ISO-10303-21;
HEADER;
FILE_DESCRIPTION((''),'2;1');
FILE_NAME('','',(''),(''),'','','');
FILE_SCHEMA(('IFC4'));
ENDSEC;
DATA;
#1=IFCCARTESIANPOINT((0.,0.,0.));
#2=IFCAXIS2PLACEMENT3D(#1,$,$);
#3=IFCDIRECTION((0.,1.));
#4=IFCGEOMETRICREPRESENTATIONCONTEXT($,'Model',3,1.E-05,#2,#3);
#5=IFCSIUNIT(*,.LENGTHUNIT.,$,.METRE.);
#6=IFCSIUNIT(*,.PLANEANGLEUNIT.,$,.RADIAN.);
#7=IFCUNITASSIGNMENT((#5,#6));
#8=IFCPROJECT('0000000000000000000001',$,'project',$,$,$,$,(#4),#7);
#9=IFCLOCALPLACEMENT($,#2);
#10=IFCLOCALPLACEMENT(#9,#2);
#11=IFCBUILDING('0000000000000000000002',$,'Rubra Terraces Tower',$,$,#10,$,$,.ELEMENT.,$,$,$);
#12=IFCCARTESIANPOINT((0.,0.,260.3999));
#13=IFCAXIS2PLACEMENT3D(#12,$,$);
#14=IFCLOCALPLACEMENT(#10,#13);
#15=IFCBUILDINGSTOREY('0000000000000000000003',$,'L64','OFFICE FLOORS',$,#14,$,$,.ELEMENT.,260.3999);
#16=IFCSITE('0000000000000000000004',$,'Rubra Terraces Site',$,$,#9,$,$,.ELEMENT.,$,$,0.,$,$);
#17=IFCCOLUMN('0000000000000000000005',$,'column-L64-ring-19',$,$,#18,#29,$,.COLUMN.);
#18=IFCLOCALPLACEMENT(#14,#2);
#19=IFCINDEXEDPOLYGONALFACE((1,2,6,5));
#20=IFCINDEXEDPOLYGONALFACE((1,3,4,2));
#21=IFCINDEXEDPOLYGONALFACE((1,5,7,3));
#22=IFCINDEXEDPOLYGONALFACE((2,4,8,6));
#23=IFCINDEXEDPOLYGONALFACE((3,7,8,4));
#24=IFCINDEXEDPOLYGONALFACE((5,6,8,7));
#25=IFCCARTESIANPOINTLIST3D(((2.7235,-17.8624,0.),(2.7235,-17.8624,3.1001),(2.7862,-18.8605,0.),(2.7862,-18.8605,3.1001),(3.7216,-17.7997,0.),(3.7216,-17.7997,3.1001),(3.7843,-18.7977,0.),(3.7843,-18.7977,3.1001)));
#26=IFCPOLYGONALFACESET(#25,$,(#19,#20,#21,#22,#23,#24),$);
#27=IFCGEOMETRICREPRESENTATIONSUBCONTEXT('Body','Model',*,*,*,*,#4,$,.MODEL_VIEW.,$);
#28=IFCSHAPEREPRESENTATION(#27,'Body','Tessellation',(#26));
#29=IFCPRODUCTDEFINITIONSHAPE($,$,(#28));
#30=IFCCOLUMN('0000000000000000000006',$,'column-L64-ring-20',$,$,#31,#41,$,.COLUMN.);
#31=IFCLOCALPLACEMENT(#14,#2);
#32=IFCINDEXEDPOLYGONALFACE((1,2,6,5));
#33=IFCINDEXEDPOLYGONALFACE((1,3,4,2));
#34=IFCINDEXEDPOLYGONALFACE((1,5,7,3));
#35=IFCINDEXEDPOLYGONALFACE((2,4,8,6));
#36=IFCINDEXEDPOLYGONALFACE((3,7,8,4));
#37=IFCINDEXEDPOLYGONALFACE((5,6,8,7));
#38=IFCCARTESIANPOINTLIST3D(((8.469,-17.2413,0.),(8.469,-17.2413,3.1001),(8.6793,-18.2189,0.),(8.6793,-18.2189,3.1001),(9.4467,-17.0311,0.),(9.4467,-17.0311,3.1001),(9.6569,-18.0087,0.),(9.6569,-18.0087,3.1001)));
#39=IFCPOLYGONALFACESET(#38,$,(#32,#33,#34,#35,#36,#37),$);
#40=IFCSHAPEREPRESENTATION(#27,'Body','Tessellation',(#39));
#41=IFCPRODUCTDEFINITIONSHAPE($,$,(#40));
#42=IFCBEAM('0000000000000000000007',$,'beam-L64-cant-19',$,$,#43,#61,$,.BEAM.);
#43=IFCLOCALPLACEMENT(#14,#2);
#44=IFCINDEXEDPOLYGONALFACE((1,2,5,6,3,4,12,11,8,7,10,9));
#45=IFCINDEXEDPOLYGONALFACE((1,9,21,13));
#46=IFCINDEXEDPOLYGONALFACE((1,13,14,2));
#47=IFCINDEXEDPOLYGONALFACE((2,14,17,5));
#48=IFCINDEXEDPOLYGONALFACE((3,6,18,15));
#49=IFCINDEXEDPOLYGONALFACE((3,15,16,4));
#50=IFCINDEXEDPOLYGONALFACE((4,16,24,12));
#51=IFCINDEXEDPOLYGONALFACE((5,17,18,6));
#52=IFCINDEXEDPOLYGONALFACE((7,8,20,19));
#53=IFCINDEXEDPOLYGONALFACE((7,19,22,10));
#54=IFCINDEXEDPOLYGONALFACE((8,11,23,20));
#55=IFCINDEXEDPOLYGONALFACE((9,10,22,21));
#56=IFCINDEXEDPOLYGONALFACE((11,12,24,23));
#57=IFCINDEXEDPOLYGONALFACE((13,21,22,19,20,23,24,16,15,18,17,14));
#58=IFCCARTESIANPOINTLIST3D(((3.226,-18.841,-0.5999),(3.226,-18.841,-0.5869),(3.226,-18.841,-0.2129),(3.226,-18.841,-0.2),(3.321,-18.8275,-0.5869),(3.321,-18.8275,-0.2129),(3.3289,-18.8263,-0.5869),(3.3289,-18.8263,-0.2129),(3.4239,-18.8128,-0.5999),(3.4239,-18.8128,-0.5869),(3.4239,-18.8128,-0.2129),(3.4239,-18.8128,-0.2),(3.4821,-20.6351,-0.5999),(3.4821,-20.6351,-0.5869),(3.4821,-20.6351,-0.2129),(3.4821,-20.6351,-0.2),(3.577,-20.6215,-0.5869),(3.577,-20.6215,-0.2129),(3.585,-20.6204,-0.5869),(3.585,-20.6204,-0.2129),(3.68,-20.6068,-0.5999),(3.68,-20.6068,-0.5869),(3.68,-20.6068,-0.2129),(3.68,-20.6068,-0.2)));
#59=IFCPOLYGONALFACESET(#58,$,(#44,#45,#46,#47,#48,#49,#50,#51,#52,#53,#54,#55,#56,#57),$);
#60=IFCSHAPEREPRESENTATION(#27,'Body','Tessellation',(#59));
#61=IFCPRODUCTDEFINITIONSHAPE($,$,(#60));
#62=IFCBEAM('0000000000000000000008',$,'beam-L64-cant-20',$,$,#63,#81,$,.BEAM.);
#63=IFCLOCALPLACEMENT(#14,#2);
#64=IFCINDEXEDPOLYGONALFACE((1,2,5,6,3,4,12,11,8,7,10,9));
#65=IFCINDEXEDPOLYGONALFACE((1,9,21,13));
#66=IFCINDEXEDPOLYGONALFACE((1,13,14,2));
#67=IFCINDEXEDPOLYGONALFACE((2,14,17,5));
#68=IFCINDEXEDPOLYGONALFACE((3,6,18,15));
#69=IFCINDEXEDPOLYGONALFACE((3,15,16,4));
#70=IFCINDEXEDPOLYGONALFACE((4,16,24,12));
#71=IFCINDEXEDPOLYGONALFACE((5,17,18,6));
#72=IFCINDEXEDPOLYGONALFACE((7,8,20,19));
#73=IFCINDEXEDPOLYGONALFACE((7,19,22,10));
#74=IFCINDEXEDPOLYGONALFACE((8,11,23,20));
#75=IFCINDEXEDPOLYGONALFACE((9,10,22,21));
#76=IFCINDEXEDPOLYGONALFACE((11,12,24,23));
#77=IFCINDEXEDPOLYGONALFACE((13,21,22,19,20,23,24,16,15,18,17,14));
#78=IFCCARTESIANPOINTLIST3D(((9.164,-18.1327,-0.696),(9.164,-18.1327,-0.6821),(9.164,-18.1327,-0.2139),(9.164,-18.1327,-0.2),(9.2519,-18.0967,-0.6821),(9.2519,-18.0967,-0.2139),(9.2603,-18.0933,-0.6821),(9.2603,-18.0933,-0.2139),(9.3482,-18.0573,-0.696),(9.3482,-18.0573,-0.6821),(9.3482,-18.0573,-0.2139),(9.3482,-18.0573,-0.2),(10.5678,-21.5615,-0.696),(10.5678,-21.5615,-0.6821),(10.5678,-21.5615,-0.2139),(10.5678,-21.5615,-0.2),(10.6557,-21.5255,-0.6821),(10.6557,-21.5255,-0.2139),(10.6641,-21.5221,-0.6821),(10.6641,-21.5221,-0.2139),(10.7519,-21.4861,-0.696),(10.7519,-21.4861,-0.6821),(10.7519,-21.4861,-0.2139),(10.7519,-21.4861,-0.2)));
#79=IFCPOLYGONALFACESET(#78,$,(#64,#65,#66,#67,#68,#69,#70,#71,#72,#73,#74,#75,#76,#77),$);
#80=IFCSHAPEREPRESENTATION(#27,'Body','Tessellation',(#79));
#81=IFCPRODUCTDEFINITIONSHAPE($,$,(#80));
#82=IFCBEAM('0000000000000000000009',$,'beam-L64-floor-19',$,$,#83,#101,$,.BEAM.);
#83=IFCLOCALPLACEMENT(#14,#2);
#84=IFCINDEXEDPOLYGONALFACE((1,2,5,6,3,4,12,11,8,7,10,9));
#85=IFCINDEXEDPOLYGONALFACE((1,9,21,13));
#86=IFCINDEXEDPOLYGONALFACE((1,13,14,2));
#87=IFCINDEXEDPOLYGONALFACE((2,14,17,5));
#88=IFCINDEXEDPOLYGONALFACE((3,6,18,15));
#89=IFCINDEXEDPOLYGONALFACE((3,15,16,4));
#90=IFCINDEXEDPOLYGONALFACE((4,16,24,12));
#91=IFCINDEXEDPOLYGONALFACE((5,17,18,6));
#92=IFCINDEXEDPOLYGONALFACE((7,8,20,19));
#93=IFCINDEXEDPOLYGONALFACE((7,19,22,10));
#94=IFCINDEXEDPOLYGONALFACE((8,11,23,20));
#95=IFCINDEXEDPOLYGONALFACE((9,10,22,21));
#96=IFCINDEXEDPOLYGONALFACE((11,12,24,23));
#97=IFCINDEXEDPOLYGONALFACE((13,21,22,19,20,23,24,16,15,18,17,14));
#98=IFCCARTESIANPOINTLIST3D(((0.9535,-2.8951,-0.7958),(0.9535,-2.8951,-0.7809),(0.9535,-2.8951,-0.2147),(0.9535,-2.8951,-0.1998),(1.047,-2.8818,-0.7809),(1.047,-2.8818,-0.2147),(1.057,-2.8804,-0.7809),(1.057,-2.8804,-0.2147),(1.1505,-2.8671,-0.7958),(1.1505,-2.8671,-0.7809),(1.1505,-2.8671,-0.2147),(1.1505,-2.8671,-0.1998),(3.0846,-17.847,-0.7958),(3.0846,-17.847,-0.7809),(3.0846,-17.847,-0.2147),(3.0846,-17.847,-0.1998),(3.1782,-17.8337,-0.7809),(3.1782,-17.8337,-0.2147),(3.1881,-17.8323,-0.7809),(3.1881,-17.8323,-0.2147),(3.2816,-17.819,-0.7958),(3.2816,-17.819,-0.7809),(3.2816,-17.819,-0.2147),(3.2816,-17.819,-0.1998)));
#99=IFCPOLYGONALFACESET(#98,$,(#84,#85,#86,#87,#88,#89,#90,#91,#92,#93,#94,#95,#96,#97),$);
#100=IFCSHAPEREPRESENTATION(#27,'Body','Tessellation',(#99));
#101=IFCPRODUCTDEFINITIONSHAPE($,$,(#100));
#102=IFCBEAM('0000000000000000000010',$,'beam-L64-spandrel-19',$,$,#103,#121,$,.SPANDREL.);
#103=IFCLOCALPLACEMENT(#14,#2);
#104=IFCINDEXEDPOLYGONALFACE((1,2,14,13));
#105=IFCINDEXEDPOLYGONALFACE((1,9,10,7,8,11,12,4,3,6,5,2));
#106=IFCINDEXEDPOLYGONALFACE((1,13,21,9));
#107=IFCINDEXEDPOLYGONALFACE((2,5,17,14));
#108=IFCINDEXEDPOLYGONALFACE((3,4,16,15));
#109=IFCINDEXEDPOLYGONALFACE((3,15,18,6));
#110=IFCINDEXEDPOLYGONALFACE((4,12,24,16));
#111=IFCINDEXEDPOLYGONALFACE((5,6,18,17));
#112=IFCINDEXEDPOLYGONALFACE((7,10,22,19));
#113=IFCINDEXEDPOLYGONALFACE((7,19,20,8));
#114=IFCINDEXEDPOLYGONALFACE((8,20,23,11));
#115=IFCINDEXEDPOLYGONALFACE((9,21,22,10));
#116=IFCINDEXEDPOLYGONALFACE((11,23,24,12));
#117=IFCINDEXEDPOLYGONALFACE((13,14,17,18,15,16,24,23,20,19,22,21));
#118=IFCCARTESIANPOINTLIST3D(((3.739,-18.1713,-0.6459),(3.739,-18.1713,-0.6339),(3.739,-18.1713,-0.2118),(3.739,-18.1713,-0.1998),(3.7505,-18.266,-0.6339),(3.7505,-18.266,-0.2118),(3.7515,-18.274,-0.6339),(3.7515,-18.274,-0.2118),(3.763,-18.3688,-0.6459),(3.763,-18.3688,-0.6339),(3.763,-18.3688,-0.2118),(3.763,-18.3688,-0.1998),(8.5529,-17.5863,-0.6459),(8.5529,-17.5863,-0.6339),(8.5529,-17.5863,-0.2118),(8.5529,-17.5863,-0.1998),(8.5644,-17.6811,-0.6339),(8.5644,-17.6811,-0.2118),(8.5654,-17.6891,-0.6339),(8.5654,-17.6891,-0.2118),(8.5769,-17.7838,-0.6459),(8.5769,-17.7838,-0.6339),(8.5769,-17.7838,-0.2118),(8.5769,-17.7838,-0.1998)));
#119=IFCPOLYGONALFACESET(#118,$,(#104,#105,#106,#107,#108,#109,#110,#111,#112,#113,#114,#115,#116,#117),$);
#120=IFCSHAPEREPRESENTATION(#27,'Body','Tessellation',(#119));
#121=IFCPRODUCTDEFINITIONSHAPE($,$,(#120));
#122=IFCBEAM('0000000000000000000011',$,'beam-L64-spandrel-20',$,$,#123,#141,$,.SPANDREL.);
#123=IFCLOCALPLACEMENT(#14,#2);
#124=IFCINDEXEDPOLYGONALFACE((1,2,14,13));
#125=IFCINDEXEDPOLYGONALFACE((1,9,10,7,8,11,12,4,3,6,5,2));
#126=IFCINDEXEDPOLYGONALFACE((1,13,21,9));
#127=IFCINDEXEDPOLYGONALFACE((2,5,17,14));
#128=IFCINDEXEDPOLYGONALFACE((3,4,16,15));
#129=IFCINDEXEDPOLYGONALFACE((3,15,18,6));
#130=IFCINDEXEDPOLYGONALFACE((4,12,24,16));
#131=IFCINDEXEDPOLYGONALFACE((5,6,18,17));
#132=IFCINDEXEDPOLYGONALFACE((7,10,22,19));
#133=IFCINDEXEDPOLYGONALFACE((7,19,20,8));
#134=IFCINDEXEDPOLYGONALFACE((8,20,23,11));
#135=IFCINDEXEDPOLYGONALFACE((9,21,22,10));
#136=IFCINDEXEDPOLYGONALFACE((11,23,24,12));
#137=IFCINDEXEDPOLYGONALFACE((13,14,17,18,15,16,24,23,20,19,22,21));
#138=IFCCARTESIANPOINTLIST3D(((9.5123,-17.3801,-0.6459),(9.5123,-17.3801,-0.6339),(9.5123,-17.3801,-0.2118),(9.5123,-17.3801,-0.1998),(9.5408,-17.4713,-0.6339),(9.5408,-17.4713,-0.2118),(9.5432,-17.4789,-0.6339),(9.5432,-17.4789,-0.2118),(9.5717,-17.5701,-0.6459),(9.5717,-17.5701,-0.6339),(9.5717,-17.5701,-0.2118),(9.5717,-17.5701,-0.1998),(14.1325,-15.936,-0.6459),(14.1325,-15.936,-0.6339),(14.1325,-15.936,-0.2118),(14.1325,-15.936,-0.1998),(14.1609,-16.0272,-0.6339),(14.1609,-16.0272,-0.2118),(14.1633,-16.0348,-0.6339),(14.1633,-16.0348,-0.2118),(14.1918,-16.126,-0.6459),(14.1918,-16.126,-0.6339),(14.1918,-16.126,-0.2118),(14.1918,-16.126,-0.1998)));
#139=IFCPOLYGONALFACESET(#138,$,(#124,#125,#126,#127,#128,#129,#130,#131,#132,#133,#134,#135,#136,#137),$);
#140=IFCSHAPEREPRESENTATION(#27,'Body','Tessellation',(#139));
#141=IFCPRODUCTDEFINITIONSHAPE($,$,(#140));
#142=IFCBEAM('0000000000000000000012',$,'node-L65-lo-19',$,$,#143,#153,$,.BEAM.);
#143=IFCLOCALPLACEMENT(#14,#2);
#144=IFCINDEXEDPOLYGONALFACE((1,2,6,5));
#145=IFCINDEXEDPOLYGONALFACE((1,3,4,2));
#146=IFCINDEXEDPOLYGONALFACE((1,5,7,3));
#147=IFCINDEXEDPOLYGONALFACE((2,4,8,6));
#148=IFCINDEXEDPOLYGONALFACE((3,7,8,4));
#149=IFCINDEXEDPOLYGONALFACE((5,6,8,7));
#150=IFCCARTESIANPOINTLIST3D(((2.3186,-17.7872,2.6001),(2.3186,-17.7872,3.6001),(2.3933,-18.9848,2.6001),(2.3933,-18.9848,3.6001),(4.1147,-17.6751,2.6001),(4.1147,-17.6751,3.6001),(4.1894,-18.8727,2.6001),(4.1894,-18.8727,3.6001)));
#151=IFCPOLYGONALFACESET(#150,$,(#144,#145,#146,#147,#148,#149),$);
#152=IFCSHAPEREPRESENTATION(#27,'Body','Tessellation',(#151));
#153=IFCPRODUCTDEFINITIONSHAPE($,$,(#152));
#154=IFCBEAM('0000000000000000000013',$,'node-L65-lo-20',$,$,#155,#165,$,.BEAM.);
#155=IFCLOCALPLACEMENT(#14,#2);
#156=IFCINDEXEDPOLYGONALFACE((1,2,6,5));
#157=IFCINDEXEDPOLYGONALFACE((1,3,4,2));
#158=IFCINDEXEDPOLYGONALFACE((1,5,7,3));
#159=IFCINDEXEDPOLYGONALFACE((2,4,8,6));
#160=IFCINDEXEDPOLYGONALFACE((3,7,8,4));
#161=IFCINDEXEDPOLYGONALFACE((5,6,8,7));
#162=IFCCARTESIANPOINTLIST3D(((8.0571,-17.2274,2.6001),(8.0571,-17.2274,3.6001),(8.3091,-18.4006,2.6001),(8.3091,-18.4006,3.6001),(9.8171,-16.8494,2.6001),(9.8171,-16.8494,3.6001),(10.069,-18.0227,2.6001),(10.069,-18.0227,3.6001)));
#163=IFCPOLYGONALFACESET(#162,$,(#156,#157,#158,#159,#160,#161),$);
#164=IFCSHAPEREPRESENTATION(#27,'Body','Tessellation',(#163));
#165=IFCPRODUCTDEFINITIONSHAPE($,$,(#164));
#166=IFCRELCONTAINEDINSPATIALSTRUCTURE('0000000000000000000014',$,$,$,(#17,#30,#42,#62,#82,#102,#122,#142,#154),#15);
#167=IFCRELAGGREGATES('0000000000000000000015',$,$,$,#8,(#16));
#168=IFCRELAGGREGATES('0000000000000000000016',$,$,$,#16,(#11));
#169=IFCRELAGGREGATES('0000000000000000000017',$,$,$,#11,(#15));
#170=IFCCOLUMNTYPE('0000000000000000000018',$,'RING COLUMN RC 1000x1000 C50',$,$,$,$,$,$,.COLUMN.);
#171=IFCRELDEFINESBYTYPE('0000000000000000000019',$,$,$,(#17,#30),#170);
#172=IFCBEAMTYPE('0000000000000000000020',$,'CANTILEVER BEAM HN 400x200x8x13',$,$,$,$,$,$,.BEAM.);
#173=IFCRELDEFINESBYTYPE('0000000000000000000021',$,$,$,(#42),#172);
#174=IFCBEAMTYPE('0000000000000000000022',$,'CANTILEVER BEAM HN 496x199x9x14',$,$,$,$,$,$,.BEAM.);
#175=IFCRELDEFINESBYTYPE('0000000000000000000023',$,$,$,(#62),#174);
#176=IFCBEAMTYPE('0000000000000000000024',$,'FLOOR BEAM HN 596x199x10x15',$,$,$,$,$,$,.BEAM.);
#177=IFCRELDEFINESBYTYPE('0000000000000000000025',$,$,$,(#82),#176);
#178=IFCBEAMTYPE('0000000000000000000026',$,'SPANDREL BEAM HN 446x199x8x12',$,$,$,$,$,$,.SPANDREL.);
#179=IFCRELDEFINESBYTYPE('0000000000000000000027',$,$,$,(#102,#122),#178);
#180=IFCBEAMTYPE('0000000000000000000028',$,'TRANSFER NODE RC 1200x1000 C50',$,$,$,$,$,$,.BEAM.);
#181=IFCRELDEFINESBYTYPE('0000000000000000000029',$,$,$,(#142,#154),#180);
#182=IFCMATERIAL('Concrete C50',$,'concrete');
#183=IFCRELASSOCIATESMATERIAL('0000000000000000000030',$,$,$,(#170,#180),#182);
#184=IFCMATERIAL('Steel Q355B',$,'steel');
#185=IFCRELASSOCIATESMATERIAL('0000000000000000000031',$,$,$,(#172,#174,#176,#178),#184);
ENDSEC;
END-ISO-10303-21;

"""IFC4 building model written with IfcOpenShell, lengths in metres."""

from ifc_helpers import new_model, si_unit, direction, frame, origin, origin_2d, place, context, subcontext, project, spatial, rectangle, i_section, extrude, material, material_profile, profile_set, type_object, element, save


model = new_model("IFC4")

# Units and contexts
model_context = context("Model", 3, precision=1e-05, world=origin(), true_north=direction((0.0, 1.0)))
body_context = subcontext(model_context, "Body", "Model", "MODEL_VIEW")
ifc_project = project(units=[si_unit("LENGTHUNIT", "METRE"), si_unit("PLANEANGLEUNIT", "RADIAN")], contexts=[model_context])

# Site, building, storey
site_placement = place(None, origin())
site = spatial("IfcSite", under=ifc_project, at=site_placement, Name="Rubra Terraces Site", CompositionType="ELEMENT", RefElevation=0.0)
building_placement = place(site_placement, origin())
building = spatial("IfcBuilding", under=site, at=building_placement, Name="Rubra Terraces Tower", CompositionType="ELEMENT")
storey_placement = place(building_placement, frame((0.0, 0.0, 260.3999)))
storey = spatial("IfcBuildingStorey", under=building, at=storey_placement, Name="L64", Description="OFFICE FLOORS", CompositionType="ELEMENT", Elevation=260.3999)

# Columns
ifc_material_1 = material(Name="Concrete C50", Category="concrete")
ifc_material_profile_1 = material_profile(ifc_material_1, rectangle(XDim=1.0, YDim=1.0, at=origin_2d()), Name="RC 1000x1000")
ifc_profile_set_1 = profile_set([ifc_material_profile_1], Name="Concrete C50")
column_type = type_object("IfcColumnType", Name="RING COLUMN RC 1000x1000 C50", PredefinedType="COLUMN", material=ifc_profile_set_1)
for number, where, z_axis, x_axis, name in (
    (1, (3.2539, -18.3301, 0.0), (0.0, 0.0, 1.0), (0.998032, 0.062714, 0.0), "column-L64-ring-19"),
    (2, (9.063, -17.625, 0.0), (0.0, 0.0, 1.0), (0.977653, 0.210227, 0.0), "column-L64-ring-20"),
):
    element("IfcColumn", number, at=place(storey_placement, frame(where, z_axis=z_axis, x_axis=x_axis)), inside=storey, type_object=column_type, Name=name, PredefinedType="COLUMN", context=body_context, shape_type="SweptSolid", body=[
        extrude(rectangle(XDim=1.0, YDim=1.0, at=origin_2d()), origin(), (0.0, 0.0, 1.0), 3.1001),
    ])

# Beams
ifc_material_2 = material(Name="Steel Q355B", Category="steel")
ifc_material_profile_2 = material_profile(ifc_material_2, i_section(OverallWidth=0.2, OverallDepth=0.3999, WebThickness=0.0081, FlangeThickness=0.0129, at=origin_2d()), Name="HN 400x200x8x13")
ifc_profile_set_2 = profile_set([ifc_material_profile_2], Name="Steel Q355B")
beam_type_1 = type_object("IfcBeamType", Name="CANTILEVER BEAM HN 400x200x8x13", PredefinedType="BEAM", material=ifc_profile_set_2)
beam_1_placement = place(storey_placement, frame((3.325, -18.8269, -0.3999), z_axis=(0.141308, -0.989966, 0.0), x_axis=(0.989966, 0.141308, 0.0)))
element("IfcBeam", 3, at=beam_1_placement, inside=storey, type_object=beam_type_1, Name="beam-L64-cant-19", PredefinedType="BEAM", context=body_context, shape_type="SweptSolid", body=[
    extrude(i_section(OverallWidth=0.2, OverallDepth=0.3999, WebThickness=0.0081, FlangeThickness=0.0129, at=origin_2d()), origin(), (0.0, 0.0, 1.0), 1.8123),
])
ifc_material_profile_3 = material_profile(ifc_material_2, i_section(OverallWidth=0.199, OverallDepth=0.4961, WebThickness=0.009, FlangeThickness=0.0139, at=origin_2d()), Name="HN 496x199x9x14")
ifc_profile_set_3 = profile_set([ifc_material_profile_3], Name="Steel Q355B")
beam_type_2 = type_object("IfcBeamType", Name="CANTILEVER BEAM HN 496x199x9x14", PredefinedType="BEAM", material=ifc_profile_set_3)
beam_2_placement = place(storey_placement, frame((9.2561, -18.095, -0.448), z_axis=(0.378877, -0.925447, 0.0), x_axis=(0.925447, 0.378877, 0.0)))
element("IfcBeam", 4, at=beam_2_placement, inside=storey, type_object=beam_type_2, Name="beam-L64-cant-20", PredefinedType="BEAM", context=body_context, shape_type="SweptSolid", body=[
    extrude(i_section(OverallWidth=0.199, OverallDepth=0.4961, WebThickness=0.009, FlangeThickness=0.0139, at=origin_2d()), origin(), (0.0, 0.0, 1.0), 3.7051),
])
ifc_material_profile_4 = material_profile(ifc_material_2, i_section(OverallWidth=0.199, OverallDepth=0.5959, WebThickness=0.01, FlangeThickness=0.0149, at=origin_2d()), Name="HN 596x199x10x15")
ifc_profile_set_4 = profile_set([ifc_material_profile_4], Name="Steel Q355B")
beam_type_3 = type_object("IfcBeamType", Name="FLOOR BEAM HN 596x199x10x15", PredefinedType="BEAM", material=ifc_profile_set_4)
beam_3_placement = place(storey_placement, frame((3.1831, -17.833, -0.4978), z_axis=(-0.141105, 0.989995, 0.0), x_axis=(-0.989995, -0.141105, 0.0)))
element("IfcBeam", 5, at=beam_3_placement, inside=storey, type_object=beam_type_3, Name="beam-L64-floor-19", PredefinedType="BEAM", context=body_context, shape_type="SweptSolid", body=[
    extrude(i_section(OverallWidth=0.199, OverallDepth=0.5959, WebThickness=0.01, FlangeThickness=0.0149, at=origin_2d()), origin(), (0.0, 0.0, 1.0), 15.103),
])
ifc_material_profile_5 = material_profile(ifc_material_2, i_section(OverallWidth=0.199, OverallDepth=0.446, WebThickness=0.0081, FlangeThickness=0.012, at=origin_2d()), Name="HN 446x199x8x12")
ifc_profile_set_5 = profile_set([ifc_material_profile_5], Name="Steel Q355B")
beam_type_4 = type_object("IfcBeamType", Name="SPANDREL BEAM HN 446x199x8x12", PredefinedType="SPANDREL", material=ifc_profile_set_5)
beam_4_placement = place(storey_placement, frame((3.751, -18.27, -0.4229), z_axis=(0.992698, 0.120626, 0.0), x_axis=(-0.120626, 0.992698, 0.0)))
element("IfcBeam", 6, at=beam_4_placement, inside=storey, type_object=beam_type_4, Name="beam-L64-spandrel-19", PredefinedType="SPANDREL", context=body_context, shape_type="SweptSolid", body=[
    extrude(i_section(OverallWidth=0.199, OverallDepth=0.446, WebThickness=0.0081, FlangeThickness=0.012, at=origin_2d()), origin(), (0.0, 0.0, 1.0), 4.8494),
])
beam_5_placement = place(storey_placement, frame((9.542, -17.4751, -0.4229), z_axis=(0.954462, 0.298332, 0.0), x_axis=(-0.298332, 0.954462, 0.0)))
element("IfcBeam", 7, at=beam_5_placement, inside=storey, type_object=beam_type_4, Name="beam-L64-spandrel-20", PredefinedType="SPANDREL", context=body_context, shape_type="SweptSolid", body=[
    extrude(i_section(OverallWidth=0.199, OverallDepth=0.446, WebThickness=0.0081, FlangeThickness=0.012, at=origin_2d()), origin(), (0.0, 0.0, 1.0), 4.8406),
])
ifc_material_profile_6 = material_profile(ifc_material_1, rectangle(XDim=1.2, YDim=1.0, at=origin_2d()), Name="RC 1200x1000")
ifc_profile_set_6 = profile_set([ifc_material_profile_6], Name="Concrete C50")
beam_type_5 = type_object("IfcBeamType", Name="TRANSFER NODE RC 1200x1000 C50", PredefinedType="BEAM", material=ifc_profile_set_6)
beam_6_placement = place(storey_placement, frame((2.356, -18.386, 3.1001), z_axis=(0.998059, 0.062268, 0.0), x_axis=(-0.062268, 0.998059, 0.0)))
element("IfcBeam", 8, at=beam_6_placement, inside=storey, type_object=beam_type_5, Name="node-L65-lo-19", PredefinedType="BEAM", context=body_context, shape_type="SweptSolid", body=[
    extrude(rectangle(XDim=1.2, YDim=1.0, at=origin_2d()), origin(), (0.0, 0.0, 1.0), 1.7996),
])
beam_7_placement = place(storey_placement, frame((8.1831, -17.814, 3.1001), z_axis=(0.977713, 0.209946, 0.0), x_axis=(-0.209946, 0.977713, 0.0)))
element("IfcBeam", 9, at=beam_7_placement, inside=storey, type_object=beam_type_5, Name="node-L65-lo-20", PredefinedType="BEAM", context=body_context, shape_type="SweptSolid", body=[
    extrude(rectangle(XDim=1.2, YDim=1.0, at=origin_2d()), origin(), (0.0, 0.0, 1.0), 1.8),
])

save(model, "model.ifc")
